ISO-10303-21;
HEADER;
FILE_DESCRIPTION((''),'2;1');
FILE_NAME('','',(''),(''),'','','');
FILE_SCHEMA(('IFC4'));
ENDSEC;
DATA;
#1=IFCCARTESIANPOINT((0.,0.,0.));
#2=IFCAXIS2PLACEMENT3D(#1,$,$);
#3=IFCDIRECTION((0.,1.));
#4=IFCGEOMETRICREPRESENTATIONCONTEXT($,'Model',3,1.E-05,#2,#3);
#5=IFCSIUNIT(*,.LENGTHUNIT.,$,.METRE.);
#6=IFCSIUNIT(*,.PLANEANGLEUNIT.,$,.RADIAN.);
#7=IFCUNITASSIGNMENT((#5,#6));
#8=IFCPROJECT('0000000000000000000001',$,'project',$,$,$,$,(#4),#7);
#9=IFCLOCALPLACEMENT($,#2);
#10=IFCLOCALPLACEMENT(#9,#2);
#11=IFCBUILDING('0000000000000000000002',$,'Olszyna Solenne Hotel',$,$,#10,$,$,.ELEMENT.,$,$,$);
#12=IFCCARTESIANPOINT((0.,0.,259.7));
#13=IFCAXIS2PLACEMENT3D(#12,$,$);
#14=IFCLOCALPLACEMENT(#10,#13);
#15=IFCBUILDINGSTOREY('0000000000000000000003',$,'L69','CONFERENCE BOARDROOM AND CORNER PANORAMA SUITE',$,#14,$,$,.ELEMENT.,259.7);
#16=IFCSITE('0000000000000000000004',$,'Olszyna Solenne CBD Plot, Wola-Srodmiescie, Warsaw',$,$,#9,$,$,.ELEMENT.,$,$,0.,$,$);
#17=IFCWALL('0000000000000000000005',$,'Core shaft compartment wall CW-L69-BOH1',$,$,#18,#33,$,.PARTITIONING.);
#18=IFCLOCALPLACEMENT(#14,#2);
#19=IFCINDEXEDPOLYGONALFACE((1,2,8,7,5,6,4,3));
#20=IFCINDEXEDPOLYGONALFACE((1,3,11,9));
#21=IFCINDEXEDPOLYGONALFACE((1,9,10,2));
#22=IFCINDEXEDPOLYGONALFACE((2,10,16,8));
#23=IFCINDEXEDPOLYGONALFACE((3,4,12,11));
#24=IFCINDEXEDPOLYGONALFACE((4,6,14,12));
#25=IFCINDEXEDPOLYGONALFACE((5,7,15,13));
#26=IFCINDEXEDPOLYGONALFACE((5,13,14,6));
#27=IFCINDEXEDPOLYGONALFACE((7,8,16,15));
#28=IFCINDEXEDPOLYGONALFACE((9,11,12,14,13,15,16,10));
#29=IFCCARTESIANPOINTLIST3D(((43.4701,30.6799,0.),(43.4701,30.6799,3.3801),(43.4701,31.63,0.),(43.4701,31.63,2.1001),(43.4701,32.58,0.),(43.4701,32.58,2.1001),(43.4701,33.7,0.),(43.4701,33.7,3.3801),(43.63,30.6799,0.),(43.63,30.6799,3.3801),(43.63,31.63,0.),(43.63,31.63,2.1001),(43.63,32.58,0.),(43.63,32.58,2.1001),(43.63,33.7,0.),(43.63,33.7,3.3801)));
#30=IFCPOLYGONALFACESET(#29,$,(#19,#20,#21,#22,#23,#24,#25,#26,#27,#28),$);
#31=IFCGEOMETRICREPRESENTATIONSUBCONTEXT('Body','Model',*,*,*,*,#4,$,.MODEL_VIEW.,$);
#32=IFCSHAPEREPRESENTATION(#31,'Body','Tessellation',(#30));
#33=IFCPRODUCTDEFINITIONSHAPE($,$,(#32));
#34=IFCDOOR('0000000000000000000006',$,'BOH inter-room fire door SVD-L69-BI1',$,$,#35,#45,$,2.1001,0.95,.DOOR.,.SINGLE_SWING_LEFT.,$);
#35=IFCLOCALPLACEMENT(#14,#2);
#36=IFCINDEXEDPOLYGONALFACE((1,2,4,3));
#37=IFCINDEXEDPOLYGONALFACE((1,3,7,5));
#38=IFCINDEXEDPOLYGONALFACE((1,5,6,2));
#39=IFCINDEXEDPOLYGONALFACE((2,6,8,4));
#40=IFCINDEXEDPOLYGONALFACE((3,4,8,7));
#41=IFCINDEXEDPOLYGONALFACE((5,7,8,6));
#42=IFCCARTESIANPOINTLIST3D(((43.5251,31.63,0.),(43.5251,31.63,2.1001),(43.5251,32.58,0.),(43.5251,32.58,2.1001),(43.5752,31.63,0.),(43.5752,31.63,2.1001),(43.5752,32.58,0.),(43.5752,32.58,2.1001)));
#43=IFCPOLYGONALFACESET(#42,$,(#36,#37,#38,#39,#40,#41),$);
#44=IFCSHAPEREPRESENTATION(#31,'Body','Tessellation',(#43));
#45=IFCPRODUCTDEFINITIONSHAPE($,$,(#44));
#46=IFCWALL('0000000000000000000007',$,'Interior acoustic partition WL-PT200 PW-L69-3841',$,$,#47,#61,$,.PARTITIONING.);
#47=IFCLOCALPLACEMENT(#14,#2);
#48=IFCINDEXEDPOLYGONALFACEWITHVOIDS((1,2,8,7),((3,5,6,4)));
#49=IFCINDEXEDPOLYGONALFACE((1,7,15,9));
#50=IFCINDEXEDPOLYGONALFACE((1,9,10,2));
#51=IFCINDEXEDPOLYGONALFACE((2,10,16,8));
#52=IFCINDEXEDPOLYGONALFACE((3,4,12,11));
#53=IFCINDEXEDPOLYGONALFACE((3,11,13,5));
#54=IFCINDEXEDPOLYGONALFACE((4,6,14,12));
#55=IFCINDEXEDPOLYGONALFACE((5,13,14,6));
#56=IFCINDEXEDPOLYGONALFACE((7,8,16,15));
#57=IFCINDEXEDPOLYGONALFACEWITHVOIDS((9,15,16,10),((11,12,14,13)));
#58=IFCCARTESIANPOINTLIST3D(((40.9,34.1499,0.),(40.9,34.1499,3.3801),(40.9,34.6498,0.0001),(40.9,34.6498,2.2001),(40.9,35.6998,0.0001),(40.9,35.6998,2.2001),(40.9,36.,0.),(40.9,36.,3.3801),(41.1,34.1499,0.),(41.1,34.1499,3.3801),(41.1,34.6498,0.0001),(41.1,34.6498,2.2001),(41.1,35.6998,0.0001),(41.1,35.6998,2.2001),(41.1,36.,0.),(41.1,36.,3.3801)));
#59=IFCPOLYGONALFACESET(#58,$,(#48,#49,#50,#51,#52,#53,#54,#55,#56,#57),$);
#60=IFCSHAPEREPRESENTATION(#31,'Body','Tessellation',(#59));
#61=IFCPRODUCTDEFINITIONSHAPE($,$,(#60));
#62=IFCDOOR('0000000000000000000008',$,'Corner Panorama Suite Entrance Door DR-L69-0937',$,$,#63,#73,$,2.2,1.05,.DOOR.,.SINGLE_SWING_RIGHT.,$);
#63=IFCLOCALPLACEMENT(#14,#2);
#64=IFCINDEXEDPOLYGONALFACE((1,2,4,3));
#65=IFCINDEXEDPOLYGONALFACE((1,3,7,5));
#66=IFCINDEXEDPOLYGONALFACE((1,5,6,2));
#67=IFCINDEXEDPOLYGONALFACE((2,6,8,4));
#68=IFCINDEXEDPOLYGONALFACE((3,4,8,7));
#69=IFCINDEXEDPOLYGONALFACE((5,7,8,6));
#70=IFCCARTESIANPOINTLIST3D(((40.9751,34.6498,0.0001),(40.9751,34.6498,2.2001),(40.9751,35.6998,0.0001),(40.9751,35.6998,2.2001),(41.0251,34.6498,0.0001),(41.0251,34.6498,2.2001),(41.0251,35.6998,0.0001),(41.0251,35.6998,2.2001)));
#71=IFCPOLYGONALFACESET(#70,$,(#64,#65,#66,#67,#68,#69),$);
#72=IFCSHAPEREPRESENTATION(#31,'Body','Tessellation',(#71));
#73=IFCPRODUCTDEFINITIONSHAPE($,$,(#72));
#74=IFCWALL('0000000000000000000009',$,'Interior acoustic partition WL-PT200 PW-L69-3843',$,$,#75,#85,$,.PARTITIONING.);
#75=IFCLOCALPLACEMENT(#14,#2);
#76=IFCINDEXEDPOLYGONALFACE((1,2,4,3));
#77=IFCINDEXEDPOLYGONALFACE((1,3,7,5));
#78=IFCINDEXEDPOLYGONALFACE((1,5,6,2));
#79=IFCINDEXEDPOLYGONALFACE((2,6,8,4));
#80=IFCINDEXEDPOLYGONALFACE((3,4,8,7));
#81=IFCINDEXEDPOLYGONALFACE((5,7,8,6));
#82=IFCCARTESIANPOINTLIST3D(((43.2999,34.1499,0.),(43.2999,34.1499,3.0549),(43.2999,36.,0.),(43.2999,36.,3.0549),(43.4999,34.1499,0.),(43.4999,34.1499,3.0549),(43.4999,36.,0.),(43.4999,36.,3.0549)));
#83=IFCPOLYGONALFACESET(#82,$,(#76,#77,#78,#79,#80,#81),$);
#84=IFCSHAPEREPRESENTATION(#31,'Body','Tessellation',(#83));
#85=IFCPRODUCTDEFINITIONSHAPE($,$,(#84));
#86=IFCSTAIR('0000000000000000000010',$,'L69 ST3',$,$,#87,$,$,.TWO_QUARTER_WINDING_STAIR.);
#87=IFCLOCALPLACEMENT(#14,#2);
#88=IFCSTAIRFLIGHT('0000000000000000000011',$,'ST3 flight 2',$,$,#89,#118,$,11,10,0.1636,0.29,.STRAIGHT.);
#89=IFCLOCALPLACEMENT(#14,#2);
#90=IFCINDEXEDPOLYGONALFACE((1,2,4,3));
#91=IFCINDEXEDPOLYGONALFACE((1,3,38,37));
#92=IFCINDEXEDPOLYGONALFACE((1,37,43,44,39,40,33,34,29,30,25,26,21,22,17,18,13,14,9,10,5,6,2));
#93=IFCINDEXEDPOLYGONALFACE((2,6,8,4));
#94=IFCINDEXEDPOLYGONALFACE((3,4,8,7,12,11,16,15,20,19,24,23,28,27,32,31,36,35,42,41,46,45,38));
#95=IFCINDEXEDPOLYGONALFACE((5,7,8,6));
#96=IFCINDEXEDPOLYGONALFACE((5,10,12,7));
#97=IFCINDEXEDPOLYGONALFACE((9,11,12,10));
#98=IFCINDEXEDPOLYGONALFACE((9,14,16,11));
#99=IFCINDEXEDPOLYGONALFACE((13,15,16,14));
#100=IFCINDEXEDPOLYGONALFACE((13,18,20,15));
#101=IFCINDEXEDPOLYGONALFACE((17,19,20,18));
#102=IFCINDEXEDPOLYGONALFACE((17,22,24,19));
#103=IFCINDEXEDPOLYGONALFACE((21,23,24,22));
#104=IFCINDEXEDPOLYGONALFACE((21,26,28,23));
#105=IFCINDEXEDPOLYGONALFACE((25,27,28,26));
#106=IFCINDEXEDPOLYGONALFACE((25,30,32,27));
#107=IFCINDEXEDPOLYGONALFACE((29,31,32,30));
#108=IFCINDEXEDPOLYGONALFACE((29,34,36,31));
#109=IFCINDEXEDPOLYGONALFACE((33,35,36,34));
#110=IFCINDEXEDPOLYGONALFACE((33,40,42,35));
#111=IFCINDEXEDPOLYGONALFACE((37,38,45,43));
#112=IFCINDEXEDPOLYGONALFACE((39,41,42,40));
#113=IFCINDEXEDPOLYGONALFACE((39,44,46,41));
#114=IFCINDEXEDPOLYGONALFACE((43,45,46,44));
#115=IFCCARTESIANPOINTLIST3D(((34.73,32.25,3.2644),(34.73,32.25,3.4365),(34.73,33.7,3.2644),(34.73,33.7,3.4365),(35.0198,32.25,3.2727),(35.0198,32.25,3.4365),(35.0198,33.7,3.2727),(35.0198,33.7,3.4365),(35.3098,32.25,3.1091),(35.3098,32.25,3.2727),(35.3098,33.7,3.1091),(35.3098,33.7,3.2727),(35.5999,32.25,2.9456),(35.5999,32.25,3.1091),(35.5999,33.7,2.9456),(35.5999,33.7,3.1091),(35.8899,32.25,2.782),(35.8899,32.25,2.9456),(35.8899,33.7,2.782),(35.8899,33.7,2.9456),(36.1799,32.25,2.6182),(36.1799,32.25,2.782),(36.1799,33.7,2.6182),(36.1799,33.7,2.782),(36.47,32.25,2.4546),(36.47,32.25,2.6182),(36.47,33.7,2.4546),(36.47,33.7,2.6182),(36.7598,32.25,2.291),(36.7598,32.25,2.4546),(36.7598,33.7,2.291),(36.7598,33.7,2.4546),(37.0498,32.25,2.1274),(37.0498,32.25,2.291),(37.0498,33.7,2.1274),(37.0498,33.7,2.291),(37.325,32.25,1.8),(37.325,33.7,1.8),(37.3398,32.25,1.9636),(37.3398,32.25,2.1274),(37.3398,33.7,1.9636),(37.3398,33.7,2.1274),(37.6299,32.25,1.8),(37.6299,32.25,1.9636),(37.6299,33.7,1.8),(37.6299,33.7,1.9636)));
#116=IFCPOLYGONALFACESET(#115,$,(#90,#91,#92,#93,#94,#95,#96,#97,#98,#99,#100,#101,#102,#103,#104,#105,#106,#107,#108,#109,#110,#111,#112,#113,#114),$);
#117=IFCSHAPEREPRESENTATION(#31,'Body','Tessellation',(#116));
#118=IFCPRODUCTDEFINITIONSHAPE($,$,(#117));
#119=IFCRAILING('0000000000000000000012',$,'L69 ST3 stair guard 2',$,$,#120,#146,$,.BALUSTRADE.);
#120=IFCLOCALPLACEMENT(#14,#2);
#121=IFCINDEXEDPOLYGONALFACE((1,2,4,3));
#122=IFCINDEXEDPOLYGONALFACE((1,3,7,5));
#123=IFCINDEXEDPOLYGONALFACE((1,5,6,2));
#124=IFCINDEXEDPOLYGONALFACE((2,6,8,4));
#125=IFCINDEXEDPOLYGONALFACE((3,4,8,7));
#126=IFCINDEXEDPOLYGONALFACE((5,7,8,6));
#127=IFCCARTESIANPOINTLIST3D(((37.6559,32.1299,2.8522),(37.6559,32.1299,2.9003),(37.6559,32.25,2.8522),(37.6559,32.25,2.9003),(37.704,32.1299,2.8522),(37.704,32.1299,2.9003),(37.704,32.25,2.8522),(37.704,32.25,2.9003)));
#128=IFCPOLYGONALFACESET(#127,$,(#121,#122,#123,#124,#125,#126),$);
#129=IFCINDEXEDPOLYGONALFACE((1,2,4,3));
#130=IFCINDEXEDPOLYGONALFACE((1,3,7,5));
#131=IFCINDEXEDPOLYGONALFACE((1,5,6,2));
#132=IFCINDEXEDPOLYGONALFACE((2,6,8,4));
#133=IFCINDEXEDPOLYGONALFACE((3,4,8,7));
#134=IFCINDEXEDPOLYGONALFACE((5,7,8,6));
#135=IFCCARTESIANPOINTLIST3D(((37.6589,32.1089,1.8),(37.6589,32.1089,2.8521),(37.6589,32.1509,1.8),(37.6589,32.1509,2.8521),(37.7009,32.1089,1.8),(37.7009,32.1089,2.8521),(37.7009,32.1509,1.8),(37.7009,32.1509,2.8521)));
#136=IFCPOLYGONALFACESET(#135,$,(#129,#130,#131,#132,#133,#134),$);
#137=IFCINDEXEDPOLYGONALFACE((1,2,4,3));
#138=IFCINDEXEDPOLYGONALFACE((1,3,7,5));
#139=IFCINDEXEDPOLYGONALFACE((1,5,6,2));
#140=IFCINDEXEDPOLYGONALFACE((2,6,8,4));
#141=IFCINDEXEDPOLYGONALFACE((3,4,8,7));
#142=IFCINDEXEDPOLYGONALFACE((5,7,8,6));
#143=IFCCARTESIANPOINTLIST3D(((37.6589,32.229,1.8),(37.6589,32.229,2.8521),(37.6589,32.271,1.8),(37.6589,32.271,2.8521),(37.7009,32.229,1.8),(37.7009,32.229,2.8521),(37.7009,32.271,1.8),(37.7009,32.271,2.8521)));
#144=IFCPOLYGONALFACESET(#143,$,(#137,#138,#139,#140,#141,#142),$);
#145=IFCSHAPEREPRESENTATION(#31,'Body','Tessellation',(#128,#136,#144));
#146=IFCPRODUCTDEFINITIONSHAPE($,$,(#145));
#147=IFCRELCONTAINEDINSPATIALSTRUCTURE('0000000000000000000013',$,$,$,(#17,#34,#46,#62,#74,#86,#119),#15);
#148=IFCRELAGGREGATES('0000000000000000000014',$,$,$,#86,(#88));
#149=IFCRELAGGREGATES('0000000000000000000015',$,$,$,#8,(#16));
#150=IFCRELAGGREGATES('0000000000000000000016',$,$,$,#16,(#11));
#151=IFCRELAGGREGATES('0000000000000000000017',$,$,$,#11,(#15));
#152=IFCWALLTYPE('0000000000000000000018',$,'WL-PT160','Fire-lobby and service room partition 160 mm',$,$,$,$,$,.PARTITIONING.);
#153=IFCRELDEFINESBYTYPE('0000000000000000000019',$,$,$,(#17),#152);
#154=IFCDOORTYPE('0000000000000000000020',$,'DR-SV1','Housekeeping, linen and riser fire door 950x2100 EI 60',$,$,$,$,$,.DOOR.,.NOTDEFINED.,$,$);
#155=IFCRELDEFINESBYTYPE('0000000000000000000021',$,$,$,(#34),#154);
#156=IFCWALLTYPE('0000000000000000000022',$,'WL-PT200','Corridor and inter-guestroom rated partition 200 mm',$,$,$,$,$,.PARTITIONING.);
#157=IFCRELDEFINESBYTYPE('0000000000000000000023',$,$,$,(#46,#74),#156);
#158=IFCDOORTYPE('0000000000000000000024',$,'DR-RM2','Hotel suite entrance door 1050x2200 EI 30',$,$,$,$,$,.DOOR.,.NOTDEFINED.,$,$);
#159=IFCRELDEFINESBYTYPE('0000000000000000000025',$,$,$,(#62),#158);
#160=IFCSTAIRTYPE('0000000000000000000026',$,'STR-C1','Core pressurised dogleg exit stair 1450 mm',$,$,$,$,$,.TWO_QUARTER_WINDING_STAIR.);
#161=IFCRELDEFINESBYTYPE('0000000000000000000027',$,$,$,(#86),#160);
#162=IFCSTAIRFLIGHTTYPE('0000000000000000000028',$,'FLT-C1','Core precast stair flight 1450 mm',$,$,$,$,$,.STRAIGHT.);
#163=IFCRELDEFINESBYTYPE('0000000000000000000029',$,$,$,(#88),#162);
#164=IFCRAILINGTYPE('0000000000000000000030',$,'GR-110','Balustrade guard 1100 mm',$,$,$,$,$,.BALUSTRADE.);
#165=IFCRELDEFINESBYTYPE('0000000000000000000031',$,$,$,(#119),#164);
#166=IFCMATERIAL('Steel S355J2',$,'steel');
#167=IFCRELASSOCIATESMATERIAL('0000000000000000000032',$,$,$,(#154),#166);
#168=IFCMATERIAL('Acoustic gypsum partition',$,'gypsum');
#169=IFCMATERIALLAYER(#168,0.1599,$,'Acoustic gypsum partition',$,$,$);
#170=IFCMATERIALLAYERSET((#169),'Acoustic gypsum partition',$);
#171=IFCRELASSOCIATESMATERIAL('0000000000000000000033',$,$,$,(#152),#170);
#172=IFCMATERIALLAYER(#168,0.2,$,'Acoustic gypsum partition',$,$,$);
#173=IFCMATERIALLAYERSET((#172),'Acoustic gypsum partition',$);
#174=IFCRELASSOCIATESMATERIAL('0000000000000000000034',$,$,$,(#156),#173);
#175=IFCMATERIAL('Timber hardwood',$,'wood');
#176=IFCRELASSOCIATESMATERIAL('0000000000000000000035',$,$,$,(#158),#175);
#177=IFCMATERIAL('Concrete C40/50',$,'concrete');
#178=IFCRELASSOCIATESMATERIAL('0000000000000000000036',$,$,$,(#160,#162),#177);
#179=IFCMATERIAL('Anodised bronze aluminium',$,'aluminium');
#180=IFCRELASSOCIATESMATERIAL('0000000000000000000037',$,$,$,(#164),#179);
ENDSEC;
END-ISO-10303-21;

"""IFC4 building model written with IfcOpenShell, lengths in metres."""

from ifc_helpers import new_model, si_unit, direction, frame, frame_2d, origin, origin_2d, place, context, subcontext, project, spatial, polyline, rectangle, outline, extrude, source, transform, mapped, material, layer, layer_set, type_object, type_shapes, element, fill, aggregate, save


model = new_model("IFC4")

# Units and contexts
model_context = context("Model", 3, precision=1e-05, world=origin(), true_north=direction((0.0, 1.0)))
body_context = subcontext(model_context, "Body", "Model", "MODEL_VIEW")
ifc_project = project(units=[si_unit("LENGTHUNIT", "METRE"), si_unit("PLANEANGLEUNIT", "RADIAN")], contexts=[model_context])

# Site, building, storey
site_placement = place(None, origin())
site = spatial("IfcSite", under=ifc_project, at=site_placement, Name="Olszyna Solenne CBD Plot, Wola-Srodmiescie, Warsaw", CompositionType="ELEMENT", RefElevation=0.0)
building_placement = place(site_placement, origin())
building = spatial("IfcBuilding", under=site, at=building_placement, Name="Olszyna Solenne Hotel", CompositionType="ELEMENT")
storey_placement = place(building_placement, frame((0.0, 0.0, 259.7)))
storey = spatial("IfcBuildingStorey", under=building, at=storey_placement, Name="L69", Description="CONFERENCE BOARDROOM AND CORNER PANORAMA SUITE", CompositionType="ELEMENT", Elevation=259.7)

# Shared definitions
ifc_material_1 = material(Name="Steel S355J2", Category="steel")

# Shared definitions
door_type_1 = type_object("IfcDoorType", Name="DR-SV1", Description="Housekeeping, linen and riser fire door 950x2100 EI 60", OperationType="NOTDEFINED", PredefinedType="DOOR", material=ifc_material_1)
shared_shape_1 = source(origin(), body_context, "Body", "SweptSolid", [
    extrude(rectangle(XDim=0.95, YDim=2.1001, at=frame_2d((0.4751, 1.05))), frame((0.0, 0.0249, 0.0), z_axis=(0.0, -1.0, 0.0), x_axis=(1.0, 0.0, 0.0)), (0.0, 0.0, 1.0), 0.05),
])
type_shapes(door_type_1, [shared_shape_1])
ifc_material_2 = material(Name="Timber hardwood", Category="wood")

# Shared definitions
ifc_material_3 = material(Name="Anodised bronze aluminium", Category="aluminium")

# Shared definitions
ifc_material_4 = material(Name="Acoustic gypsum partition", Category="gypsum")

# Shared definitions
ifc_layer_1 = layer(ifc_material_4, 0.1599, Name="Acoustic gypsum partition")
ifc_layer_set_1 = layer_set([ifc_layer_1], Name="Acoustic gypsum partition")
wall_type_1 = type_object("IfcWallType", Name="WL-PT160", Description="Fire-lobby and service room partition 160 mm", PredefinedType="PARTITIONING", material=ifc_layer_set_1)

# Walls, openings, doors
wall_1_placement = place(storey_placement, frame((43.55, 30.6799, 0.0), z_axis=(0.0, 0.0, 1.0), x_axis=(0.0, 1.0, 0.0)))
wall_1 = element("IfcWall", 1, at=wall_1_placement, inside=storey, type_object=wall_type_1, Name="Core shaft compartment wall CW-L69-BOH1", PredefinedType="PARTITIONING", context=body_context, shape_type="SweptSolid", body=[
    extrude(rectangle(XDim=3.02, YDim=0.1599, at=frame_2d((1.51, 0.0))), origin(), (0.0, 0.0, 1.0), 3.3801),
])
opening_1_placement = place(wall_1_placement, frame((0.95, 0.0, 0.0)))
opening_1 = element("IfcOpeningElement", 2, at=opening_1_placement, cuts=wall_1, PredefinedType="OPENING", context=body_context, shape_type="SweptSolid", body=[
    extrude(rectangle(XDim=0.95, YDim=2.1001, at=frame_2d((0.4751, 1.05))), frame((0.0, 0.0898, 0.0), z_axis=(0.0, -1.0, 0.0), x_axis=(1.0, 0.0, 0.0)), (0.0, 0.0, 1.0), 0.1799),
])
door_1_placement = place(opening_1_placement, origin())
door_1 = element("IfcDoor", 3, at=door_1_placement, inside=storey, type_object=door_type_1, Name="BOH inter-room fire door SVD-L69-BI1", OperationType="SINGLE_SWING_LEFT", OverallHeight=2.1001, OverallWidth=0.95, PredefinedType="DOOR", context=body_context, shape_type="MappedRepresentation", body=[
    mapped(shared_shape_1, transform((0.0, 0.0, 0.0), x_axis=(1.0, 0.0, 0.0), y_axis=(0.0, 1.0, 0.0), z_axis=(0.0, 0.0, 1.0), scale=1.0)),
])
fill(opening_1, door_1)
ifc_layer_2 = layer(ifc_material_4, 0.2, Name="Acoustic gypsum partition")
ifc_layer_set_2 = layer_set([ifc_layer_2], Name="Acoustic gypsum partition")
wall_type_2 = type_object("IfcWallType", Name="WL-PT200", Description="Corridor and inter-guestroom rated partition 200 mm", PredefinedType="PARTITIONING", material=ifc_layer_set_2)
wall_2_placement = place(storey_placement, frame((41.0, 34.1499, 0.0), z_axis=(0.0, 0.0, 1.0), x_axis=(0.0, 1.0, 0.0)))
wall_2 = element("IfcWall", 4, at=wall_2_placement, inside=storey, type_object=wall_type_2, Name="Interior acoustic partition WL-PT200 PW-L69-3841", PredefinedType="PARTITIONING", context=body_context, shape_type="SweptSolid", body=[
    extrude(rectangle(XDim=1.8501, YDim=0.2, at=frame_2d((0.925, 0.0))), origin(), (0.0, 0.0, 1.0), 3.3801),
])
opening_2_placement = place(wall_2_placement, frame((0.5, 0.0, 0.0)))
opening_2 = element("IfcOpeningElement", 5, at=opening_2_placement, cuts=wall_2, PredefinedType="OPENING", context=body_context, shape_type="SweptSolid", body=[
    extrude(rectangle(XDim=1.05, YDim=2.2, at=frame_2d((0.5249, 1.1001))), frame((0.0, 0.1099, 0.0), z_axis=(0.0, -1.0, 0.0), x_axis=(1.0, 0.0, 0.0)), (0.0, 0.0, 1.0), 0.22),
])
door_type_2 = type_object("IfcDoorType", Name="DR-RM2", Description="Hotel suite entrance door 1050x2200 EI 30", OperationType="NOTDEFINED", PredefinedType="DOOR", material=ifc_material_2)
shared_shape_2 = source(origin(), body_context, "Body", "SweptSolid", [
    extrude(rectangle(XDim=1.05, YDim=2.2, at=frame_2d((0.5249, 1.1001))), frame((0.0, 0.0249, 0.0), z_axis=(0.0, -1.0, 0.0), x_axis=(1.0, 0.0, 0.0)), (0.0, 0.0, 1.0), 0.05),
])
type_shapes(door_type_2, [shared_shape_2])
door_2_placement = place(opening_2_placement, origin())
door_2 = element("IfcDoor", 6, at=door_2_placement, inside=storey, type_object=door_type_2, Name="Corner Panorama Suite Entrance Door DR-L69-0937", OperationType="SINGLE_SWING_RIGHT", OverallHeight=2.2, OverallWidth=1.05, PredefinedType="DOOR", context=body_context, shape_type="MappedRepresentation", body=[
    mapped(shared_shape_2, transform((0.0, 0.0, 0.0), x_axis=(1.0, 0.0, 0.0), y_axis=(0.0, 1.0, 0.0), z_axis=(0.0, 0.0, 1.0), scale=1.0)),
])
fill(opening_2, door_2)

# Wall
wall_3_placement = place(storey_placement, frame((43.3999, 34.1499, 0.0), z_axis=(0.0, 0.0, 1.0), x_axis=(0.0, 1.0, 0.0)))
element("IfcWall", 7, at=wall_3_placement, inside=storey, type_object=wall_type_2, Name="Interior acoustic partition WL-PT200 PW-L69-3843", PredefinedType="PARTITIONING", context=body_context, shape_type="SweptSolid", body=[
    extrude(rectangle(XDim=1.8501, YDim=0.2, at=frame_2d((0.925, 0.0))), origin(), (0.0, 0.0, 1.0), 3.0549),
])

# Stair, stair flight
ifc_material_5 = material(Name="Concrete C40/50", Category="concrete")
stair_type = type_object("IfcStairType", Name="STR-C1", Description="Core pressurised dogleg exit stair 1450 mm", PredefinedType="TWO_QUARTER_WINDING_STAIR", material=ifc_material_5)
stair_placement = place(storey_placement, origin())
stair = element("IfcStair", 8, at=stair_placement, inside=storey, type_object=stair_type, Name="L69 ST3", PredefinedType="TWO_QUARTER_WINDING_STAIR")
stair_flight_type = type_object("IfcStairFlightType", Name="FLT-C1", Description="Core precast stair flight 1450 mm", PredefinedType="STRAIGHT", material=ifc_material_5)
stair_flight_placement = place(storey_placement, frame((37.6299, 32.9751, 1.8), z_axis=(0.0, 0.0, 1.0), x_axis=(-1.0, 0.0, 0.0)))
stair_flight = element("IfcStairFlight", 9, at=stair_flight_placement, type_object=stair_flight_type, Name="ST3 flight 2", NumberOfRisers=11, NumberOfTreads=10, PredefinedType="STRAIGHT", RiserHeight=0.1636, TreadLength=0.29, context=body_context, shape_type="SweptSolid", body=[
    extrude(outline(polyline([(0.0, 0.0), (0.0, 0.1636), (0.29, 0.1636), (0.29, 0.3274), (0.5801, 0.3274), (0.5801, 0.491), (0.8701, 0.491), (0.8701, 0.6545), (1.1599, 0.6545), (1.1599, 0.8181), (1.45, 0.8181), (1.45, 0.9819), (1.74, 0.9819), (1.74, 1.1455), (2.03, 1.1455), (2.03, 1.3091), (2.3201, 1.3091), (2.3201, 1.4727), (2.6101, 1.4727), (2.6101, 1.6365), (2.8999, 1.6365), (2.8999, 1.8), (2.8999, 1.4644), (0.3049, 0.0), (0.0, 0.0)])), frame((0.0, 0.7251, 0.0), z_axis=(0.0, -1.0, 0.0), x_axis=(1.0, 0.0, 0.0)), (0.0, 0.0, 1.0), 1.45),
])
aggregate(stair, [stair_flight])

# Railing
railing_type_1 = type_object("IfcRailingType", Name="GR-110", Description="Balustrade guard 1100 mm", PredefinedType="BALUSTRADE", material=ifc_material_3)
railing_1_placement = place(storey_placement, frame((37.6799, 32.1299, 1.8)))
element("IfcRailing", 10, at=railing_1_placement, inside=storey, type_object=railing_type_1, Name="L69 ST3 stair guard 2", PredefinedType="BALUSTRADE", context=body_context, shape_type="SweptSolid", body=[
    extrude(rectangle(XDim=0.0481, YDim=0.0481, at=origin_2d()), frame((0.0, 0.0, 1.0762), z_axis=(0.0, 1.0, 0.0), x_axis=(-1.0, 0.0, 0.0)), (0.0, 0.0, 1.0), 0.1201),
    extrude(rectangle(XDim=0.042, YDim=0.042, at=origin_2d()), origin(), (0.0, 0.0, 1.0), 1.052),
    extrude(rectangle(XDim=0.042, YDim=0.042, at=origin_2d()), frame((0.0, 0.1201, 0.0)), (0.0, 0.0, 1.0), 1.052),
])

save(model, "model.ifc")
